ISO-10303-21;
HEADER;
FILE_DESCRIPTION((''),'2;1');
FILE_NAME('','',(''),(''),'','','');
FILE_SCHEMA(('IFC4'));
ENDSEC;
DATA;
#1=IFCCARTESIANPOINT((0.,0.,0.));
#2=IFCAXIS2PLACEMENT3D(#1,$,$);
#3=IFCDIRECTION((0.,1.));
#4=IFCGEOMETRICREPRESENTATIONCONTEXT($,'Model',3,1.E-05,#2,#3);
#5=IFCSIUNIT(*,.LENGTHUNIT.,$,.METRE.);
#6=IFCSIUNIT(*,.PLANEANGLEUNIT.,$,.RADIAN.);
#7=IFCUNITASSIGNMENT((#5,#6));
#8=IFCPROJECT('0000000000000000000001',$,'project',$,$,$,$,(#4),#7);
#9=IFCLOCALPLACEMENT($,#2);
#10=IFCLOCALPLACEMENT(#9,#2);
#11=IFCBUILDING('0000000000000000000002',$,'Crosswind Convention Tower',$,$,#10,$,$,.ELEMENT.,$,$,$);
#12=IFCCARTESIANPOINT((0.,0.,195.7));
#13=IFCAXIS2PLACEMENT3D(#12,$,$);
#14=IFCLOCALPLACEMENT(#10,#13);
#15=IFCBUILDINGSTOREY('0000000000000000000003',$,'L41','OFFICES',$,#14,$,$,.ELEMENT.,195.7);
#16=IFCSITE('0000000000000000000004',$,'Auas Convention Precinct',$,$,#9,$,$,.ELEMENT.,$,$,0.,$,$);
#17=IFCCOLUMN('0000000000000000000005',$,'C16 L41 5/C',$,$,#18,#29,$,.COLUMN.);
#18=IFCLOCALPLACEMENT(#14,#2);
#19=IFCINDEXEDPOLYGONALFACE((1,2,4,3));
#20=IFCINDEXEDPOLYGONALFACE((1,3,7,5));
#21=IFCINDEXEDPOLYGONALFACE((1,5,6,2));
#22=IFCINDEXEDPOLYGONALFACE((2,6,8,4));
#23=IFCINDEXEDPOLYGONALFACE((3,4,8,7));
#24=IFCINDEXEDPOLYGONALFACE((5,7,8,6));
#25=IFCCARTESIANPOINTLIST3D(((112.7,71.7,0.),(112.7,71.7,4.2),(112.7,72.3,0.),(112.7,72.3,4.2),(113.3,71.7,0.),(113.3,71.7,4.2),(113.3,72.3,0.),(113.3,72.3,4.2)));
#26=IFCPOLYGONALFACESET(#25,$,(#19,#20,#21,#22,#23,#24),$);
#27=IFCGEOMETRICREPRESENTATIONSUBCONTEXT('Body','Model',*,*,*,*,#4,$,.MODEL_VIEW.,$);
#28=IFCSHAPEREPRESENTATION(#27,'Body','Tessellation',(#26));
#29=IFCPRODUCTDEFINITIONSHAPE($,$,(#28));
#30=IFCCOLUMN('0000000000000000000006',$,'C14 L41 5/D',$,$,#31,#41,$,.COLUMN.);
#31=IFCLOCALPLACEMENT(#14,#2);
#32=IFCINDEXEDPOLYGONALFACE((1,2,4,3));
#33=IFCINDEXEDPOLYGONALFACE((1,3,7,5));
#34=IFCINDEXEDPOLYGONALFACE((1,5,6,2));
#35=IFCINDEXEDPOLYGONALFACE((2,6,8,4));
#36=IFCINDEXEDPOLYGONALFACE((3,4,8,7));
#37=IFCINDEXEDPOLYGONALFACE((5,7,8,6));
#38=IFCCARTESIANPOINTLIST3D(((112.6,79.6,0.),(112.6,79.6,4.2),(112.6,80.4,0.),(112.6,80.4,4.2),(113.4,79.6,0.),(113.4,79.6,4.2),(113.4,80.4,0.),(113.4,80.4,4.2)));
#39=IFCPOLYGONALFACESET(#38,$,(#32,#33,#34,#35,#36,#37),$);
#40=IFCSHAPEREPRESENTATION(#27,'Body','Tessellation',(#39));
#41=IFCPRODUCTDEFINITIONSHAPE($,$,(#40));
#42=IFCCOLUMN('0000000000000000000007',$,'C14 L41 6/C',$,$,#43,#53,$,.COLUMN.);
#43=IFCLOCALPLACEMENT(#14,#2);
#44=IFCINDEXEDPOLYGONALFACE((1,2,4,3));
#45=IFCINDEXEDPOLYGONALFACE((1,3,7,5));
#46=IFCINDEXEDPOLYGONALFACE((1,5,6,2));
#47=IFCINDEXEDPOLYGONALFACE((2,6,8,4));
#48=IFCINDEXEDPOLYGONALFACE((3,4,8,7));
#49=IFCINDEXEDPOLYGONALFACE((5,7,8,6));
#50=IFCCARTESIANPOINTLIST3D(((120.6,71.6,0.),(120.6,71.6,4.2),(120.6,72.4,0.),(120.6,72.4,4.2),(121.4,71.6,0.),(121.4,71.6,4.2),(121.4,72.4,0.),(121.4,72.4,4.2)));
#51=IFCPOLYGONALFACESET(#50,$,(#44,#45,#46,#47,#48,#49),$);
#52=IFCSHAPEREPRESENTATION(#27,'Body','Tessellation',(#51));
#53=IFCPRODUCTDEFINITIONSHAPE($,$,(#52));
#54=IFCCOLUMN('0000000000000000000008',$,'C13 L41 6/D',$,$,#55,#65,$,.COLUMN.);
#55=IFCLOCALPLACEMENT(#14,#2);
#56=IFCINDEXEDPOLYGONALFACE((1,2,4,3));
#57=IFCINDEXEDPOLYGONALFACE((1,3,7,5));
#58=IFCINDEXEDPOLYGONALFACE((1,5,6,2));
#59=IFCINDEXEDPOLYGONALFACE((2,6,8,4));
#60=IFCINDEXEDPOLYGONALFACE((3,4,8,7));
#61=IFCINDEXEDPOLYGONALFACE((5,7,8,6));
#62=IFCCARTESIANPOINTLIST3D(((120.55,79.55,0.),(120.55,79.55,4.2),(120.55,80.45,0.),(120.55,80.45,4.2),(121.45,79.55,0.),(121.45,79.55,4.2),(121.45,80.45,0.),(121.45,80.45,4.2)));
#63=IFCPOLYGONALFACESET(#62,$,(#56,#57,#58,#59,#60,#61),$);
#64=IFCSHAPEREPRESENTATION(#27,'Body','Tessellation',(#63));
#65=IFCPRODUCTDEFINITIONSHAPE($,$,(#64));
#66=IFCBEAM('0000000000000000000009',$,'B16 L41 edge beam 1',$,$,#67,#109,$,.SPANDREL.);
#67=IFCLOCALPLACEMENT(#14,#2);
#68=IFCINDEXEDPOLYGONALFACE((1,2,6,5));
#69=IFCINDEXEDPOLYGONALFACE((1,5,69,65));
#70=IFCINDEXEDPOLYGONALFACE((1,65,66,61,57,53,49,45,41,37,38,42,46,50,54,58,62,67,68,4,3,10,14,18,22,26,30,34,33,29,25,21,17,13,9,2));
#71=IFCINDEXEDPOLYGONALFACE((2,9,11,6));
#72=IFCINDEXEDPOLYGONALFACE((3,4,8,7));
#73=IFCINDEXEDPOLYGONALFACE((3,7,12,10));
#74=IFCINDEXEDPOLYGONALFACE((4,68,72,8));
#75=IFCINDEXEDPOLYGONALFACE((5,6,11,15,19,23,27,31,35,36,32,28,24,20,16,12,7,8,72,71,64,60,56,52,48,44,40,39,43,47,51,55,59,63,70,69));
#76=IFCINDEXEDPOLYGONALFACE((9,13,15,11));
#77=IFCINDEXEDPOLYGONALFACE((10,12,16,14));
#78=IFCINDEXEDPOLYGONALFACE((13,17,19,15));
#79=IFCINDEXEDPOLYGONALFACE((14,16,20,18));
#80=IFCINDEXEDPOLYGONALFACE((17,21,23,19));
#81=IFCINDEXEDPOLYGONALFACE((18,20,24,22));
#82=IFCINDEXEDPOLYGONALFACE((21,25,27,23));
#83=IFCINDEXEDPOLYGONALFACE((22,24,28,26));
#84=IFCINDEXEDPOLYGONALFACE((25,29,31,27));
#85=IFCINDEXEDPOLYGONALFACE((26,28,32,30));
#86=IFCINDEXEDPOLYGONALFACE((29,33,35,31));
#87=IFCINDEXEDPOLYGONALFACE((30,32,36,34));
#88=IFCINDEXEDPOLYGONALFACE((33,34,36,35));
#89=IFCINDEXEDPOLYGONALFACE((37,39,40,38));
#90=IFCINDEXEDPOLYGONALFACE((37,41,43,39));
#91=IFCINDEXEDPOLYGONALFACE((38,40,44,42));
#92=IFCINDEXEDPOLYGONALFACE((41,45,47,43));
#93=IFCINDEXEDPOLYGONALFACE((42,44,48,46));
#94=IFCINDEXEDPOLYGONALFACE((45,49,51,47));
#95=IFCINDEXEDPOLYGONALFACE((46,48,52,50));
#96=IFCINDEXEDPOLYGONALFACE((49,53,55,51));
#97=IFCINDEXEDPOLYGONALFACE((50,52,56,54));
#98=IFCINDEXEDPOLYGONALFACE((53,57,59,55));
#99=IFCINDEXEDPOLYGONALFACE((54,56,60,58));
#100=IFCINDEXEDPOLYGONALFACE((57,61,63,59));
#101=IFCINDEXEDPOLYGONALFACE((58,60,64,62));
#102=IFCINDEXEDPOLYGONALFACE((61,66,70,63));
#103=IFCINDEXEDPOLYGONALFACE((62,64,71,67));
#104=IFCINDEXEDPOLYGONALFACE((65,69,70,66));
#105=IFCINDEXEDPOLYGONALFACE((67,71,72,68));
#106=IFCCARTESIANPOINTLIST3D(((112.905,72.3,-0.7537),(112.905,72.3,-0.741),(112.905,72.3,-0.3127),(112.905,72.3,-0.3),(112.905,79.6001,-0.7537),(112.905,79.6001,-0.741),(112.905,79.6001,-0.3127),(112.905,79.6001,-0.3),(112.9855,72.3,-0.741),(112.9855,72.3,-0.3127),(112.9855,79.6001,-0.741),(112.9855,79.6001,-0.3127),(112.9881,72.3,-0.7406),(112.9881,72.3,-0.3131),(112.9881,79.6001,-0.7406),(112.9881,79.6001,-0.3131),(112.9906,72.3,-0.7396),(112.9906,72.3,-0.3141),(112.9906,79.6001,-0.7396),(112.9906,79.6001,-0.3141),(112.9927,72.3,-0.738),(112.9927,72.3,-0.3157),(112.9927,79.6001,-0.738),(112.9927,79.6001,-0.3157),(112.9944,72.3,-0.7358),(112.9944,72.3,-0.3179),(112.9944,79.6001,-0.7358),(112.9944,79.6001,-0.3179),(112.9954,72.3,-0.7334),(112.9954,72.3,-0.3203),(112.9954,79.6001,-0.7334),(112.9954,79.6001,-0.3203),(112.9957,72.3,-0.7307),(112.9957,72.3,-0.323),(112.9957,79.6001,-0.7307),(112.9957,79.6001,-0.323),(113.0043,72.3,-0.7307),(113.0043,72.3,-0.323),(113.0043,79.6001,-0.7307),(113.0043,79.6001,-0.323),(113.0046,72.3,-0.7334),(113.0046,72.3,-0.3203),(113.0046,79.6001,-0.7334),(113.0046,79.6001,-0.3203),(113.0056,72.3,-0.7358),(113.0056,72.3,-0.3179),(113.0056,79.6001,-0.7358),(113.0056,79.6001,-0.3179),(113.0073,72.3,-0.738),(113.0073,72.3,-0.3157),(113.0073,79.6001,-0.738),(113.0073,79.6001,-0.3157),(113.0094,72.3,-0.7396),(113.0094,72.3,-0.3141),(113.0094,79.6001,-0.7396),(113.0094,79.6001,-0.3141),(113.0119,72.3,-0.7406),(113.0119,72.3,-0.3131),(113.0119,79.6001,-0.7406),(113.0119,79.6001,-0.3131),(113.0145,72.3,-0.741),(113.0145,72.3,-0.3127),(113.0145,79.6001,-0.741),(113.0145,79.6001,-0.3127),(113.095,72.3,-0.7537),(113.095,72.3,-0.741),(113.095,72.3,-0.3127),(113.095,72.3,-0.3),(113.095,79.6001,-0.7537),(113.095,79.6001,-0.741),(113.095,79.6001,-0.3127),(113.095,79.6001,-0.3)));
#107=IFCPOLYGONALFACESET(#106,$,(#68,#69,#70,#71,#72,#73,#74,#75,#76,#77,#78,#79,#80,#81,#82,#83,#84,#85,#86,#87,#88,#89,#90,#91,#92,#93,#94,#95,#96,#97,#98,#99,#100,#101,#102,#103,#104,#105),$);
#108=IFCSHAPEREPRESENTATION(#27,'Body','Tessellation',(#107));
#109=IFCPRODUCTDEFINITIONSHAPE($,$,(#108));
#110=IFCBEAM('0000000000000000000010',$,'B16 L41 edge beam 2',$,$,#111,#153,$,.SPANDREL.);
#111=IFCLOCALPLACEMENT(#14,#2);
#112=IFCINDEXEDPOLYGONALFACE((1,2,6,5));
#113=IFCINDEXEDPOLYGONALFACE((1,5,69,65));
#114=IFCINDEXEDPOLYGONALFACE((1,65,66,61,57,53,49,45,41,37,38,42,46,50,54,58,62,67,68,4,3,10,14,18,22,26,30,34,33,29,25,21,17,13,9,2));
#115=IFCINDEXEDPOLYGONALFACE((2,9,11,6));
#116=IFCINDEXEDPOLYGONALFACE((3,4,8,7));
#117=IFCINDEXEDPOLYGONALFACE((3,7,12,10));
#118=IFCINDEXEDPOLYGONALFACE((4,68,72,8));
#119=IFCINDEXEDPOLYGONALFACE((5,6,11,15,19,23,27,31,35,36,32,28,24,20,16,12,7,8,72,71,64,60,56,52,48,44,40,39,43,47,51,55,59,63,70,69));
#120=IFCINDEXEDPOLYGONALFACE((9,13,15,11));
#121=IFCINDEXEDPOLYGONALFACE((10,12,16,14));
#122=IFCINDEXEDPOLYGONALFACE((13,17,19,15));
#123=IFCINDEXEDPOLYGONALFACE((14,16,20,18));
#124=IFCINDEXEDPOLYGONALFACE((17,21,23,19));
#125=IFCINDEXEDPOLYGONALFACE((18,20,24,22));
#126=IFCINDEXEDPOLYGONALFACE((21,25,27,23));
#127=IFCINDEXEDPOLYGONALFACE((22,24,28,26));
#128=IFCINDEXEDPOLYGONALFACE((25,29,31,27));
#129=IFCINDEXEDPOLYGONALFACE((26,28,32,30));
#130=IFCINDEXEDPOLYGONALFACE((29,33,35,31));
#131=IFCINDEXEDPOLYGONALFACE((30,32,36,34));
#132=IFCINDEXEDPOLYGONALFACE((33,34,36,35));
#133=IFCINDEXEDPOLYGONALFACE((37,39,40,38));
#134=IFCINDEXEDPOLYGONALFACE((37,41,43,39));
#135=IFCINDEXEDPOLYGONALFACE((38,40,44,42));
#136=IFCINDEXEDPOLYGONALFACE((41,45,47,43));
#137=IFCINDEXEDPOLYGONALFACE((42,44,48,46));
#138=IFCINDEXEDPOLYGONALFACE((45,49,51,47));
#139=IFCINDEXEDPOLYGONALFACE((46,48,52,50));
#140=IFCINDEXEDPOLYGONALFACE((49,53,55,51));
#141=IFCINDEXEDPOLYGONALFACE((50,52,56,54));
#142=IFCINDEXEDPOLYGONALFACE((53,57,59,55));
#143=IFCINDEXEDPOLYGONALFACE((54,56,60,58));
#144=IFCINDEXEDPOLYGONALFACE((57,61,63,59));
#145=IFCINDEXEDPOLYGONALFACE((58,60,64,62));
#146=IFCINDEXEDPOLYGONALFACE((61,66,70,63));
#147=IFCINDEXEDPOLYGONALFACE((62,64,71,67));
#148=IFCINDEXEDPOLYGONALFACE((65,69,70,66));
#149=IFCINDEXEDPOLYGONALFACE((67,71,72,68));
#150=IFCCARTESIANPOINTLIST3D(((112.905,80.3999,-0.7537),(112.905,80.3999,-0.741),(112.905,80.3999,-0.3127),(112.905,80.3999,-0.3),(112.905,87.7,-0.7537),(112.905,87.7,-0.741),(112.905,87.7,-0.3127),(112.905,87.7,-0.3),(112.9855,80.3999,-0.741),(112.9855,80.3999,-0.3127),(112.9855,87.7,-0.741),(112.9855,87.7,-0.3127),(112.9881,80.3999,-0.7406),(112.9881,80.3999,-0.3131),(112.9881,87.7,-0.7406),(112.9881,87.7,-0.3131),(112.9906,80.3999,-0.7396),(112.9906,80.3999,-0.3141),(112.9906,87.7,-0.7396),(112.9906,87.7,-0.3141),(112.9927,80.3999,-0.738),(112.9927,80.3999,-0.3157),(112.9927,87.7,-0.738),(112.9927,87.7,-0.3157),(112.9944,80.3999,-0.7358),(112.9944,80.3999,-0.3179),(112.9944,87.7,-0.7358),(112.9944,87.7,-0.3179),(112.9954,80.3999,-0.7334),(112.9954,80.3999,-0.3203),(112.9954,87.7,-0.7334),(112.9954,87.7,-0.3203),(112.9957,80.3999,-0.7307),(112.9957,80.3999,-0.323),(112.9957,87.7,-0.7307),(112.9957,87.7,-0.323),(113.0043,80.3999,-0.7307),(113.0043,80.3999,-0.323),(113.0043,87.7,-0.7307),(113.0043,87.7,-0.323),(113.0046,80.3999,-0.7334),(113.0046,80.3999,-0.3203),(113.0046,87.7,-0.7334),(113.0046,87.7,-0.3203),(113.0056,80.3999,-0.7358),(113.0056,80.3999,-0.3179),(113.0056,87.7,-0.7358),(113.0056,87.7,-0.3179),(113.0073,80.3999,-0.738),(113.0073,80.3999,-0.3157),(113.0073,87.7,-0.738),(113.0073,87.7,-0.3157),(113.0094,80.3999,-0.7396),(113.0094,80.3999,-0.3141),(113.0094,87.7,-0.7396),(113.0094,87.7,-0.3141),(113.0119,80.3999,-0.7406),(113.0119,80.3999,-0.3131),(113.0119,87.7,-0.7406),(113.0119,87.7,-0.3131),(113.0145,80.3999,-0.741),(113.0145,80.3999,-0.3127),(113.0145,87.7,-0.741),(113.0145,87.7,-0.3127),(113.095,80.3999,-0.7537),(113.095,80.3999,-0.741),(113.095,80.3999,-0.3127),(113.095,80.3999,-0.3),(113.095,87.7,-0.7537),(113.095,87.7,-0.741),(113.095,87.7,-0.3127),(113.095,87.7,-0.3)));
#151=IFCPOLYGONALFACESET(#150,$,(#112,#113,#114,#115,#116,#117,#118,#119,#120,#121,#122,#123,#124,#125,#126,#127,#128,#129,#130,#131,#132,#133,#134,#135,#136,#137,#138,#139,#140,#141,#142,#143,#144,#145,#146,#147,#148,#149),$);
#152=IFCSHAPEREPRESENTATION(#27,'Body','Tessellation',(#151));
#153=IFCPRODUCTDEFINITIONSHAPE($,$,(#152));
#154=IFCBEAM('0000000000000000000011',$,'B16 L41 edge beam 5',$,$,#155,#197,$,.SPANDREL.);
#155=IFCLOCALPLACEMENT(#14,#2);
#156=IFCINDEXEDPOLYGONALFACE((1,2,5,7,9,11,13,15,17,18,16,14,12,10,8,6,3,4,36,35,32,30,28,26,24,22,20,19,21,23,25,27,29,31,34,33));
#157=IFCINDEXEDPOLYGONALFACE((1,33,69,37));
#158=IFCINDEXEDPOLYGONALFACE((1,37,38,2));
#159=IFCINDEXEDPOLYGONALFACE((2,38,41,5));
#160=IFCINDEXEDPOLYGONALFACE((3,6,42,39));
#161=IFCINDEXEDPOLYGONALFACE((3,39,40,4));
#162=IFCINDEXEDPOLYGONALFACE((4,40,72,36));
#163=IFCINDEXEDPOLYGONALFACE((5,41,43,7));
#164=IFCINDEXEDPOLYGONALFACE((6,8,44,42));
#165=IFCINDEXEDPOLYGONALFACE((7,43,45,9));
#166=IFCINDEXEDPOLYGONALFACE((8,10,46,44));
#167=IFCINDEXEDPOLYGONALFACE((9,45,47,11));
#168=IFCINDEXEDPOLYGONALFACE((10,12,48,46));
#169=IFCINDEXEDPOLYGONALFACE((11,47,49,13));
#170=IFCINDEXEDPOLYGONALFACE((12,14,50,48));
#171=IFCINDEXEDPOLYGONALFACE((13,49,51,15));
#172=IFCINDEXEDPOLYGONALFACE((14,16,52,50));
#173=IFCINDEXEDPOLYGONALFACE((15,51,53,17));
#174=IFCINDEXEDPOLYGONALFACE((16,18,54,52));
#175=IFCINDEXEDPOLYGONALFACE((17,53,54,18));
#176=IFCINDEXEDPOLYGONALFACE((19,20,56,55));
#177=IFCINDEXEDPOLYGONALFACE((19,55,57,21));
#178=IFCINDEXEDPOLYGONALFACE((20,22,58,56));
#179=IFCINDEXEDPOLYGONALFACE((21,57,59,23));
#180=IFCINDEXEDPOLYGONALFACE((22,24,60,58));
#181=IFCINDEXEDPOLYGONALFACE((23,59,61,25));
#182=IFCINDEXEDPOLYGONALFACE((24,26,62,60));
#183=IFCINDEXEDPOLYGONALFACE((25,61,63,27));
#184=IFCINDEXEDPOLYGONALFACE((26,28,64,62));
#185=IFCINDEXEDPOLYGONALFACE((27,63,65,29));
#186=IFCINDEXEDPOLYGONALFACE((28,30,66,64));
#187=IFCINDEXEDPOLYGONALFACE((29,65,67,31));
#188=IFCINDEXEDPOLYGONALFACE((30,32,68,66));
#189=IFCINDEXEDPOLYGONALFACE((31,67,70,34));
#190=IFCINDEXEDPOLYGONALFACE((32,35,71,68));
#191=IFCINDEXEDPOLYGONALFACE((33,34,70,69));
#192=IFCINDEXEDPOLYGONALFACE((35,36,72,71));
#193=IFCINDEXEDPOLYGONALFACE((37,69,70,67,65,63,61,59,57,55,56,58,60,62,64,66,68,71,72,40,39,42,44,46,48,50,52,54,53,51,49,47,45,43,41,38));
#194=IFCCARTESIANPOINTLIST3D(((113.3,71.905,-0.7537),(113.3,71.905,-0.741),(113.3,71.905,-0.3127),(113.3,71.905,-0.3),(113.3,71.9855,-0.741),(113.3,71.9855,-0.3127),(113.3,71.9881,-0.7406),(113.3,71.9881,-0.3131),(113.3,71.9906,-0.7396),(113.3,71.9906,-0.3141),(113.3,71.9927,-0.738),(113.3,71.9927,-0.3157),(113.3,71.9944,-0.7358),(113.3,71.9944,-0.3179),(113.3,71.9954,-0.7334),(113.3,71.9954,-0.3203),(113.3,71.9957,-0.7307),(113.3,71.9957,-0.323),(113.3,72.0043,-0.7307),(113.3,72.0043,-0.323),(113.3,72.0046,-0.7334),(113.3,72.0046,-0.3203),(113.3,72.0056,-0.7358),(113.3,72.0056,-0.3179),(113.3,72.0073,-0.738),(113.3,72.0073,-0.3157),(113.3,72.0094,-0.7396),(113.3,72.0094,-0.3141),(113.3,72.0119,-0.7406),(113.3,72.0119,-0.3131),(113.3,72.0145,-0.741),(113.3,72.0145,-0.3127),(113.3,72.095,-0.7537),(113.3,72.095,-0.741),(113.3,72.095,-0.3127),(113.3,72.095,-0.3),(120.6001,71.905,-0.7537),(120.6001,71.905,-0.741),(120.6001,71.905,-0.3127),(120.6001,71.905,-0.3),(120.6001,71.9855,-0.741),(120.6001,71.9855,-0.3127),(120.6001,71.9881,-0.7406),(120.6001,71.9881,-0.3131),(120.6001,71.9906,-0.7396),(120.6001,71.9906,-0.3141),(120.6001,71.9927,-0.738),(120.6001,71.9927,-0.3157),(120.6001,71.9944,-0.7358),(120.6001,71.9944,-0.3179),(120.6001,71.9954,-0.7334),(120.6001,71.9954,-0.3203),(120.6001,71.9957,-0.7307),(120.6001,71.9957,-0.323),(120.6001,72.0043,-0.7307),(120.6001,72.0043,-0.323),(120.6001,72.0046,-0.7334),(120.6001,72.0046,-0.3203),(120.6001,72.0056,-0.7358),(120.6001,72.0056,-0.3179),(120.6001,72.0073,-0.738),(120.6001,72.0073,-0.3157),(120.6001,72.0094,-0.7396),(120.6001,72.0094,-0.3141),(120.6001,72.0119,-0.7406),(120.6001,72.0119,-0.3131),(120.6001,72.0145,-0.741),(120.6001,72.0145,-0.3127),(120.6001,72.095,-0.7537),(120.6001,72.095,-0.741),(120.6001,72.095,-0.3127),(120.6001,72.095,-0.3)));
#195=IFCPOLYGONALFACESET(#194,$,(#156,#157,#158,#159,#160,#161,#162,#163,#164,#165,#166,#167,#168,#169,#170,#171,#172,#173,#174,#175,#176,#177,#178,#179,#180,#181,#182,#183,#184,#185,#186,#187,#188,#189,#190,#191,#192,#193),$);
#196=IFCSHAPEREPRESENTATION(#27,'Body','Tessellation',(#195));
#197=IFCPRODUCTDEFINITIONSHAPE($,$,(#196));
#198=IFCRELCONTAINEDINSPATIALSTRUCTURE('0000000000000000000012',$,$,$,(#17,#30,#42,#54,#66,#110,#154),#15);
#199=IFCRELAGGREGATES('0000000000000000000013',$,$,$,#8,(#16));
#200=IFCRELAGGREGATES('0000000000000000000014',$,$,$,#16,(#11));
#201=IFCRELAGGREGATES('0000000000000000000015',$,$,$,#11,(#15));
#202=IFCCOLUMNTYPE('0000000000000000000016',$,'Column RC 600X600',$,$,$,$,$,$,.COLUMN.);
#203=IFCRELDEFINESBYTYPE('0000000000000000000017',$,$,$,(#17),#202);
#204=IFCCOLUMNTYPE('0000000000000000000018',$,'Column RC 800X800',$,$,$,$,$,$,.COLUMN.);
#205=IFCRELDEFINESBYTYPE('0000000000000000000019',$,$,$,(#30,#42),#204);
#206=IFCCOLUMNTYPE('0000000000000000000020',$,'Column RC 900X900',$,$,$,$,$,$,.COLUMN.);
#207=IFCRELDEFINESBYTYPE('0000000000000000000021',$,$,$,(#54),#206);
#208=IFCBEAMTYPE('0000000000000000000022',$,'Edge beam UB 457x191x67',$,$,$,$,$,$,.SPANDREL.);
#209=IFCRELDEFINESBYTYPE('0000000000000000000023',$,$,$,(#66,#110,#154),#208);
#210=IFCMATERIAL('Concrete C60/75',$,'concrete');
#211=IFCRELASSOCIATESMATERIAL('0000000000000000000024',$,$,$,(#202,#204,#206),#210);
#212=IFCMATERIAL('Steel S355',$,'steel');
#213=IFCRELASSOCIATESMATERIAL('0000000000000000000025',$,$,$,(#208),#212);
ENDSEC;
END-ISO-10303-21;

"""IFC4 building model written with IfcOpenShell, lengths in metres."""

from ifc_helpers import new_model, si_unit, direction, frame, origin, origin_2d, place, context, subcontext, project, spatial, rectangle, i_section, extrude, material, material_profile, profile_set, type_object, element, save


model = new_model("IFC4")

# Units and contexts
model_context = context("Model", 3, precision=1e-05, world=origin(), true_north=direction((0.0, 1.0)))
body_context = subcontext(model_context, "Body", "Model", "MODEL_VIEW")
ifc_project = project(units=[si_unit("LENGTHUNIT", "METRE"), si_unit("PLANEANGLEUNIT", "RADIAN")], contexts=[model_context])

# Site, building, storey
site_placement = place(None, origin())
site = spatial("IfcSite", under=ifc_project, at=site_placement, Name="Auas Convention Precinct", CompositionType="ELEMENT", RefElevation=0.0)
building_placement = place(site_placement, origin())
building = spatial("IfcBuilding", under=site, at=building_placement, Name="Crosswind Convention Tower", CompositionType="ELEMENT")
storey_placement = place(building_placement, frame((0.0, 0.0, 195.7)))
storey = spatial("IfcBuildingStorey", under=building, at=storey_placement, Name="L41", Description="OFFICES", CompositionType="ELEMENT", Elevation=195.7)

# Columns
ifc_material_1 = material(Name="Concrete C60/75", Category="concrete")
ifc_material_profile_1 = material_profile(ifc_material_1, rectangle(XDim=0.6001, YDim=0.6001, at=origin_2d()), Name="RC 600X600")
ifc_profile_set_1 = profile_set([ifc_material_profile_1], Name="Concrete C60/75")
column_type_1 = type_object("IfcColumnType", Name="Column RC 600X600", PredefinedType="COLUMN", material=ifc_profile_set_1)
column_1_placement = place(storey_placement, frame((113.0, 72.0, 0.0), z_axis=(0.0, 0.0, 1.0), x_axis=(1.0, 0.0, 0.0)))
element("IfcColumn", 1, at=column_1_placement, inside=storey, type_object=column_type_1, Name="C16 L41 5/C", PredefinedType="COLUMN", context=body_context, shape_type="SweptSolid", body=[
    extrude(rectangle(XDim=0.6001, YDim=0.6001, at=origin_2d()), origin(), (0.0, 0.0, 1.0), 4.2),
])
ifc_material_profile_2 = material_profile(ifc_material_1, rectangle(XDim=0.8, YDim=0.8, at=origin_2d()), Name="RC 800X800")
ifc_profile_set_2 = profile_set([ifc_material_profile_2], Name="Concrete C60/75")
column_type_2 = type_object("IfcColumnType", Name="Column RC 800X800", PredefinedType="COLUMN", material=ifc_profile_set_2)
for number, where, z_axis, x_axis, name in (
    (2, (113.0, 80.0, 0.0), (0.0, 0.0, 1.0), (1.0, 0.0, 0.0), "C14 L41 5/D"),
    (3, (121.0, 72.0, 0.0), (0.0, 0.0, 1.0), (1.0, 0.0, 0.0), "C14 L41 6/C"),
):
    element("IfcColumn", number, at=place(storey_placement, frame(where, z_axis=z_axis, x_axis=x_axis)), inside=storey, type_object=column_type_2, Name=name, PredefinedType="COLUMN", context=body_context, shape_type="SweptSolid", body=[
        extrude(rectangle(XDim=0.8, YDim=0.8, at=origin_2d()), origin(), (0.0, 0.0, 1.0), 4.2),
    ])
ifc_material_profile_3 = material_profile(ifc_material_1, rectangle(XDim=0.8999, YDim=0.8999, at=origin_2d()), Name="RC 900X900")
ifc_profile_set_3 = profile_set([ifc_material_profile_3], Name="Concrete C60/75")
column_type_3 = type_object("IfcColumnType", Name="Column RC 900X900", PredefinedType="COLUMN", material=ifc_profile_set_3)
column_2_placement = place(storey_placement, frame((121.0, 80.0, 0.0), z_axis=(0.0, 0.0, 1.0), x_axis=(1.0, 0.0, 0.0)))
element("IfcColumn", 4, at=column_2_placement, inside=storey, type_object=column_type_3, Name="C13 L41 6/D", PredefinedType="COLUMN", context=body_context, shape_type="SweptSolid", body=[
    extrude(rectangle(XDim=0.8999, YDim=0.8999, at=origin_2d()), origin(), (0.0, 0.0, 1.0), 4.2),
])

# Beams
ifc_material_2 = material(Name="Steel S355", Category="steel")
ifc_material_profile_4 = material_profile(ifc_material_2, i_section(OverallWidth=0.1899, OverallDepth=0.4536, WebThickness=0.0085, FlangeThickness=0.0127, FilletRadius=0.0103, at=origin_2d()), Name="UB 457x191x67")
ifc_profile_set_4 = profile_set([ifc_material_profile_4], Name="Steel S355")
beam_type_1 = type_object("IfcBeamType", Name="Edge beam UB 457x191x67", PredefinedType="SPANDREL", material=ifc_profile_set_4)
for number, where, z_axis, x_axis, name in (
    (5, (113.0, 72.3, -0.5269), (0.0, 1.0, 0.0), (-1.0, 0.0, 0.0), "B16 L41 edge beam 1"),
    (6, (113.0, 80.3999, -0.5269), (0.0, 1.0, 0.0), (-1.0, 0.0, 0.0), "B16 L41 edge beam 2"),
    (7, (113.3, 72.0, -0.5269), (1.0, 0.0, 0.0), (0.0, 1.0, 0.0), "B16 L41 edge beam 5"),
):
    element("IfcBeam", number, at=place(storey_placement, frame(where, z_axis=z_axis, x_axis=x_axis)), inside=storey, type_object=beam_type_1, Name=name, PredefinedType="SPANDREL", context=body_context, shape_type="SweptSolid", body=[
        extrude(i_section(OverallWidth=0.1899, OverallDepth=0.4536, WebThickness=0.0085, FlangeThickness=0.0127, FilletRadius=0.0103, at=origin_2d()), origin(), (0.0, 0.0, 1.0), 7.3),
    ])

save(model, "model.ifc")
